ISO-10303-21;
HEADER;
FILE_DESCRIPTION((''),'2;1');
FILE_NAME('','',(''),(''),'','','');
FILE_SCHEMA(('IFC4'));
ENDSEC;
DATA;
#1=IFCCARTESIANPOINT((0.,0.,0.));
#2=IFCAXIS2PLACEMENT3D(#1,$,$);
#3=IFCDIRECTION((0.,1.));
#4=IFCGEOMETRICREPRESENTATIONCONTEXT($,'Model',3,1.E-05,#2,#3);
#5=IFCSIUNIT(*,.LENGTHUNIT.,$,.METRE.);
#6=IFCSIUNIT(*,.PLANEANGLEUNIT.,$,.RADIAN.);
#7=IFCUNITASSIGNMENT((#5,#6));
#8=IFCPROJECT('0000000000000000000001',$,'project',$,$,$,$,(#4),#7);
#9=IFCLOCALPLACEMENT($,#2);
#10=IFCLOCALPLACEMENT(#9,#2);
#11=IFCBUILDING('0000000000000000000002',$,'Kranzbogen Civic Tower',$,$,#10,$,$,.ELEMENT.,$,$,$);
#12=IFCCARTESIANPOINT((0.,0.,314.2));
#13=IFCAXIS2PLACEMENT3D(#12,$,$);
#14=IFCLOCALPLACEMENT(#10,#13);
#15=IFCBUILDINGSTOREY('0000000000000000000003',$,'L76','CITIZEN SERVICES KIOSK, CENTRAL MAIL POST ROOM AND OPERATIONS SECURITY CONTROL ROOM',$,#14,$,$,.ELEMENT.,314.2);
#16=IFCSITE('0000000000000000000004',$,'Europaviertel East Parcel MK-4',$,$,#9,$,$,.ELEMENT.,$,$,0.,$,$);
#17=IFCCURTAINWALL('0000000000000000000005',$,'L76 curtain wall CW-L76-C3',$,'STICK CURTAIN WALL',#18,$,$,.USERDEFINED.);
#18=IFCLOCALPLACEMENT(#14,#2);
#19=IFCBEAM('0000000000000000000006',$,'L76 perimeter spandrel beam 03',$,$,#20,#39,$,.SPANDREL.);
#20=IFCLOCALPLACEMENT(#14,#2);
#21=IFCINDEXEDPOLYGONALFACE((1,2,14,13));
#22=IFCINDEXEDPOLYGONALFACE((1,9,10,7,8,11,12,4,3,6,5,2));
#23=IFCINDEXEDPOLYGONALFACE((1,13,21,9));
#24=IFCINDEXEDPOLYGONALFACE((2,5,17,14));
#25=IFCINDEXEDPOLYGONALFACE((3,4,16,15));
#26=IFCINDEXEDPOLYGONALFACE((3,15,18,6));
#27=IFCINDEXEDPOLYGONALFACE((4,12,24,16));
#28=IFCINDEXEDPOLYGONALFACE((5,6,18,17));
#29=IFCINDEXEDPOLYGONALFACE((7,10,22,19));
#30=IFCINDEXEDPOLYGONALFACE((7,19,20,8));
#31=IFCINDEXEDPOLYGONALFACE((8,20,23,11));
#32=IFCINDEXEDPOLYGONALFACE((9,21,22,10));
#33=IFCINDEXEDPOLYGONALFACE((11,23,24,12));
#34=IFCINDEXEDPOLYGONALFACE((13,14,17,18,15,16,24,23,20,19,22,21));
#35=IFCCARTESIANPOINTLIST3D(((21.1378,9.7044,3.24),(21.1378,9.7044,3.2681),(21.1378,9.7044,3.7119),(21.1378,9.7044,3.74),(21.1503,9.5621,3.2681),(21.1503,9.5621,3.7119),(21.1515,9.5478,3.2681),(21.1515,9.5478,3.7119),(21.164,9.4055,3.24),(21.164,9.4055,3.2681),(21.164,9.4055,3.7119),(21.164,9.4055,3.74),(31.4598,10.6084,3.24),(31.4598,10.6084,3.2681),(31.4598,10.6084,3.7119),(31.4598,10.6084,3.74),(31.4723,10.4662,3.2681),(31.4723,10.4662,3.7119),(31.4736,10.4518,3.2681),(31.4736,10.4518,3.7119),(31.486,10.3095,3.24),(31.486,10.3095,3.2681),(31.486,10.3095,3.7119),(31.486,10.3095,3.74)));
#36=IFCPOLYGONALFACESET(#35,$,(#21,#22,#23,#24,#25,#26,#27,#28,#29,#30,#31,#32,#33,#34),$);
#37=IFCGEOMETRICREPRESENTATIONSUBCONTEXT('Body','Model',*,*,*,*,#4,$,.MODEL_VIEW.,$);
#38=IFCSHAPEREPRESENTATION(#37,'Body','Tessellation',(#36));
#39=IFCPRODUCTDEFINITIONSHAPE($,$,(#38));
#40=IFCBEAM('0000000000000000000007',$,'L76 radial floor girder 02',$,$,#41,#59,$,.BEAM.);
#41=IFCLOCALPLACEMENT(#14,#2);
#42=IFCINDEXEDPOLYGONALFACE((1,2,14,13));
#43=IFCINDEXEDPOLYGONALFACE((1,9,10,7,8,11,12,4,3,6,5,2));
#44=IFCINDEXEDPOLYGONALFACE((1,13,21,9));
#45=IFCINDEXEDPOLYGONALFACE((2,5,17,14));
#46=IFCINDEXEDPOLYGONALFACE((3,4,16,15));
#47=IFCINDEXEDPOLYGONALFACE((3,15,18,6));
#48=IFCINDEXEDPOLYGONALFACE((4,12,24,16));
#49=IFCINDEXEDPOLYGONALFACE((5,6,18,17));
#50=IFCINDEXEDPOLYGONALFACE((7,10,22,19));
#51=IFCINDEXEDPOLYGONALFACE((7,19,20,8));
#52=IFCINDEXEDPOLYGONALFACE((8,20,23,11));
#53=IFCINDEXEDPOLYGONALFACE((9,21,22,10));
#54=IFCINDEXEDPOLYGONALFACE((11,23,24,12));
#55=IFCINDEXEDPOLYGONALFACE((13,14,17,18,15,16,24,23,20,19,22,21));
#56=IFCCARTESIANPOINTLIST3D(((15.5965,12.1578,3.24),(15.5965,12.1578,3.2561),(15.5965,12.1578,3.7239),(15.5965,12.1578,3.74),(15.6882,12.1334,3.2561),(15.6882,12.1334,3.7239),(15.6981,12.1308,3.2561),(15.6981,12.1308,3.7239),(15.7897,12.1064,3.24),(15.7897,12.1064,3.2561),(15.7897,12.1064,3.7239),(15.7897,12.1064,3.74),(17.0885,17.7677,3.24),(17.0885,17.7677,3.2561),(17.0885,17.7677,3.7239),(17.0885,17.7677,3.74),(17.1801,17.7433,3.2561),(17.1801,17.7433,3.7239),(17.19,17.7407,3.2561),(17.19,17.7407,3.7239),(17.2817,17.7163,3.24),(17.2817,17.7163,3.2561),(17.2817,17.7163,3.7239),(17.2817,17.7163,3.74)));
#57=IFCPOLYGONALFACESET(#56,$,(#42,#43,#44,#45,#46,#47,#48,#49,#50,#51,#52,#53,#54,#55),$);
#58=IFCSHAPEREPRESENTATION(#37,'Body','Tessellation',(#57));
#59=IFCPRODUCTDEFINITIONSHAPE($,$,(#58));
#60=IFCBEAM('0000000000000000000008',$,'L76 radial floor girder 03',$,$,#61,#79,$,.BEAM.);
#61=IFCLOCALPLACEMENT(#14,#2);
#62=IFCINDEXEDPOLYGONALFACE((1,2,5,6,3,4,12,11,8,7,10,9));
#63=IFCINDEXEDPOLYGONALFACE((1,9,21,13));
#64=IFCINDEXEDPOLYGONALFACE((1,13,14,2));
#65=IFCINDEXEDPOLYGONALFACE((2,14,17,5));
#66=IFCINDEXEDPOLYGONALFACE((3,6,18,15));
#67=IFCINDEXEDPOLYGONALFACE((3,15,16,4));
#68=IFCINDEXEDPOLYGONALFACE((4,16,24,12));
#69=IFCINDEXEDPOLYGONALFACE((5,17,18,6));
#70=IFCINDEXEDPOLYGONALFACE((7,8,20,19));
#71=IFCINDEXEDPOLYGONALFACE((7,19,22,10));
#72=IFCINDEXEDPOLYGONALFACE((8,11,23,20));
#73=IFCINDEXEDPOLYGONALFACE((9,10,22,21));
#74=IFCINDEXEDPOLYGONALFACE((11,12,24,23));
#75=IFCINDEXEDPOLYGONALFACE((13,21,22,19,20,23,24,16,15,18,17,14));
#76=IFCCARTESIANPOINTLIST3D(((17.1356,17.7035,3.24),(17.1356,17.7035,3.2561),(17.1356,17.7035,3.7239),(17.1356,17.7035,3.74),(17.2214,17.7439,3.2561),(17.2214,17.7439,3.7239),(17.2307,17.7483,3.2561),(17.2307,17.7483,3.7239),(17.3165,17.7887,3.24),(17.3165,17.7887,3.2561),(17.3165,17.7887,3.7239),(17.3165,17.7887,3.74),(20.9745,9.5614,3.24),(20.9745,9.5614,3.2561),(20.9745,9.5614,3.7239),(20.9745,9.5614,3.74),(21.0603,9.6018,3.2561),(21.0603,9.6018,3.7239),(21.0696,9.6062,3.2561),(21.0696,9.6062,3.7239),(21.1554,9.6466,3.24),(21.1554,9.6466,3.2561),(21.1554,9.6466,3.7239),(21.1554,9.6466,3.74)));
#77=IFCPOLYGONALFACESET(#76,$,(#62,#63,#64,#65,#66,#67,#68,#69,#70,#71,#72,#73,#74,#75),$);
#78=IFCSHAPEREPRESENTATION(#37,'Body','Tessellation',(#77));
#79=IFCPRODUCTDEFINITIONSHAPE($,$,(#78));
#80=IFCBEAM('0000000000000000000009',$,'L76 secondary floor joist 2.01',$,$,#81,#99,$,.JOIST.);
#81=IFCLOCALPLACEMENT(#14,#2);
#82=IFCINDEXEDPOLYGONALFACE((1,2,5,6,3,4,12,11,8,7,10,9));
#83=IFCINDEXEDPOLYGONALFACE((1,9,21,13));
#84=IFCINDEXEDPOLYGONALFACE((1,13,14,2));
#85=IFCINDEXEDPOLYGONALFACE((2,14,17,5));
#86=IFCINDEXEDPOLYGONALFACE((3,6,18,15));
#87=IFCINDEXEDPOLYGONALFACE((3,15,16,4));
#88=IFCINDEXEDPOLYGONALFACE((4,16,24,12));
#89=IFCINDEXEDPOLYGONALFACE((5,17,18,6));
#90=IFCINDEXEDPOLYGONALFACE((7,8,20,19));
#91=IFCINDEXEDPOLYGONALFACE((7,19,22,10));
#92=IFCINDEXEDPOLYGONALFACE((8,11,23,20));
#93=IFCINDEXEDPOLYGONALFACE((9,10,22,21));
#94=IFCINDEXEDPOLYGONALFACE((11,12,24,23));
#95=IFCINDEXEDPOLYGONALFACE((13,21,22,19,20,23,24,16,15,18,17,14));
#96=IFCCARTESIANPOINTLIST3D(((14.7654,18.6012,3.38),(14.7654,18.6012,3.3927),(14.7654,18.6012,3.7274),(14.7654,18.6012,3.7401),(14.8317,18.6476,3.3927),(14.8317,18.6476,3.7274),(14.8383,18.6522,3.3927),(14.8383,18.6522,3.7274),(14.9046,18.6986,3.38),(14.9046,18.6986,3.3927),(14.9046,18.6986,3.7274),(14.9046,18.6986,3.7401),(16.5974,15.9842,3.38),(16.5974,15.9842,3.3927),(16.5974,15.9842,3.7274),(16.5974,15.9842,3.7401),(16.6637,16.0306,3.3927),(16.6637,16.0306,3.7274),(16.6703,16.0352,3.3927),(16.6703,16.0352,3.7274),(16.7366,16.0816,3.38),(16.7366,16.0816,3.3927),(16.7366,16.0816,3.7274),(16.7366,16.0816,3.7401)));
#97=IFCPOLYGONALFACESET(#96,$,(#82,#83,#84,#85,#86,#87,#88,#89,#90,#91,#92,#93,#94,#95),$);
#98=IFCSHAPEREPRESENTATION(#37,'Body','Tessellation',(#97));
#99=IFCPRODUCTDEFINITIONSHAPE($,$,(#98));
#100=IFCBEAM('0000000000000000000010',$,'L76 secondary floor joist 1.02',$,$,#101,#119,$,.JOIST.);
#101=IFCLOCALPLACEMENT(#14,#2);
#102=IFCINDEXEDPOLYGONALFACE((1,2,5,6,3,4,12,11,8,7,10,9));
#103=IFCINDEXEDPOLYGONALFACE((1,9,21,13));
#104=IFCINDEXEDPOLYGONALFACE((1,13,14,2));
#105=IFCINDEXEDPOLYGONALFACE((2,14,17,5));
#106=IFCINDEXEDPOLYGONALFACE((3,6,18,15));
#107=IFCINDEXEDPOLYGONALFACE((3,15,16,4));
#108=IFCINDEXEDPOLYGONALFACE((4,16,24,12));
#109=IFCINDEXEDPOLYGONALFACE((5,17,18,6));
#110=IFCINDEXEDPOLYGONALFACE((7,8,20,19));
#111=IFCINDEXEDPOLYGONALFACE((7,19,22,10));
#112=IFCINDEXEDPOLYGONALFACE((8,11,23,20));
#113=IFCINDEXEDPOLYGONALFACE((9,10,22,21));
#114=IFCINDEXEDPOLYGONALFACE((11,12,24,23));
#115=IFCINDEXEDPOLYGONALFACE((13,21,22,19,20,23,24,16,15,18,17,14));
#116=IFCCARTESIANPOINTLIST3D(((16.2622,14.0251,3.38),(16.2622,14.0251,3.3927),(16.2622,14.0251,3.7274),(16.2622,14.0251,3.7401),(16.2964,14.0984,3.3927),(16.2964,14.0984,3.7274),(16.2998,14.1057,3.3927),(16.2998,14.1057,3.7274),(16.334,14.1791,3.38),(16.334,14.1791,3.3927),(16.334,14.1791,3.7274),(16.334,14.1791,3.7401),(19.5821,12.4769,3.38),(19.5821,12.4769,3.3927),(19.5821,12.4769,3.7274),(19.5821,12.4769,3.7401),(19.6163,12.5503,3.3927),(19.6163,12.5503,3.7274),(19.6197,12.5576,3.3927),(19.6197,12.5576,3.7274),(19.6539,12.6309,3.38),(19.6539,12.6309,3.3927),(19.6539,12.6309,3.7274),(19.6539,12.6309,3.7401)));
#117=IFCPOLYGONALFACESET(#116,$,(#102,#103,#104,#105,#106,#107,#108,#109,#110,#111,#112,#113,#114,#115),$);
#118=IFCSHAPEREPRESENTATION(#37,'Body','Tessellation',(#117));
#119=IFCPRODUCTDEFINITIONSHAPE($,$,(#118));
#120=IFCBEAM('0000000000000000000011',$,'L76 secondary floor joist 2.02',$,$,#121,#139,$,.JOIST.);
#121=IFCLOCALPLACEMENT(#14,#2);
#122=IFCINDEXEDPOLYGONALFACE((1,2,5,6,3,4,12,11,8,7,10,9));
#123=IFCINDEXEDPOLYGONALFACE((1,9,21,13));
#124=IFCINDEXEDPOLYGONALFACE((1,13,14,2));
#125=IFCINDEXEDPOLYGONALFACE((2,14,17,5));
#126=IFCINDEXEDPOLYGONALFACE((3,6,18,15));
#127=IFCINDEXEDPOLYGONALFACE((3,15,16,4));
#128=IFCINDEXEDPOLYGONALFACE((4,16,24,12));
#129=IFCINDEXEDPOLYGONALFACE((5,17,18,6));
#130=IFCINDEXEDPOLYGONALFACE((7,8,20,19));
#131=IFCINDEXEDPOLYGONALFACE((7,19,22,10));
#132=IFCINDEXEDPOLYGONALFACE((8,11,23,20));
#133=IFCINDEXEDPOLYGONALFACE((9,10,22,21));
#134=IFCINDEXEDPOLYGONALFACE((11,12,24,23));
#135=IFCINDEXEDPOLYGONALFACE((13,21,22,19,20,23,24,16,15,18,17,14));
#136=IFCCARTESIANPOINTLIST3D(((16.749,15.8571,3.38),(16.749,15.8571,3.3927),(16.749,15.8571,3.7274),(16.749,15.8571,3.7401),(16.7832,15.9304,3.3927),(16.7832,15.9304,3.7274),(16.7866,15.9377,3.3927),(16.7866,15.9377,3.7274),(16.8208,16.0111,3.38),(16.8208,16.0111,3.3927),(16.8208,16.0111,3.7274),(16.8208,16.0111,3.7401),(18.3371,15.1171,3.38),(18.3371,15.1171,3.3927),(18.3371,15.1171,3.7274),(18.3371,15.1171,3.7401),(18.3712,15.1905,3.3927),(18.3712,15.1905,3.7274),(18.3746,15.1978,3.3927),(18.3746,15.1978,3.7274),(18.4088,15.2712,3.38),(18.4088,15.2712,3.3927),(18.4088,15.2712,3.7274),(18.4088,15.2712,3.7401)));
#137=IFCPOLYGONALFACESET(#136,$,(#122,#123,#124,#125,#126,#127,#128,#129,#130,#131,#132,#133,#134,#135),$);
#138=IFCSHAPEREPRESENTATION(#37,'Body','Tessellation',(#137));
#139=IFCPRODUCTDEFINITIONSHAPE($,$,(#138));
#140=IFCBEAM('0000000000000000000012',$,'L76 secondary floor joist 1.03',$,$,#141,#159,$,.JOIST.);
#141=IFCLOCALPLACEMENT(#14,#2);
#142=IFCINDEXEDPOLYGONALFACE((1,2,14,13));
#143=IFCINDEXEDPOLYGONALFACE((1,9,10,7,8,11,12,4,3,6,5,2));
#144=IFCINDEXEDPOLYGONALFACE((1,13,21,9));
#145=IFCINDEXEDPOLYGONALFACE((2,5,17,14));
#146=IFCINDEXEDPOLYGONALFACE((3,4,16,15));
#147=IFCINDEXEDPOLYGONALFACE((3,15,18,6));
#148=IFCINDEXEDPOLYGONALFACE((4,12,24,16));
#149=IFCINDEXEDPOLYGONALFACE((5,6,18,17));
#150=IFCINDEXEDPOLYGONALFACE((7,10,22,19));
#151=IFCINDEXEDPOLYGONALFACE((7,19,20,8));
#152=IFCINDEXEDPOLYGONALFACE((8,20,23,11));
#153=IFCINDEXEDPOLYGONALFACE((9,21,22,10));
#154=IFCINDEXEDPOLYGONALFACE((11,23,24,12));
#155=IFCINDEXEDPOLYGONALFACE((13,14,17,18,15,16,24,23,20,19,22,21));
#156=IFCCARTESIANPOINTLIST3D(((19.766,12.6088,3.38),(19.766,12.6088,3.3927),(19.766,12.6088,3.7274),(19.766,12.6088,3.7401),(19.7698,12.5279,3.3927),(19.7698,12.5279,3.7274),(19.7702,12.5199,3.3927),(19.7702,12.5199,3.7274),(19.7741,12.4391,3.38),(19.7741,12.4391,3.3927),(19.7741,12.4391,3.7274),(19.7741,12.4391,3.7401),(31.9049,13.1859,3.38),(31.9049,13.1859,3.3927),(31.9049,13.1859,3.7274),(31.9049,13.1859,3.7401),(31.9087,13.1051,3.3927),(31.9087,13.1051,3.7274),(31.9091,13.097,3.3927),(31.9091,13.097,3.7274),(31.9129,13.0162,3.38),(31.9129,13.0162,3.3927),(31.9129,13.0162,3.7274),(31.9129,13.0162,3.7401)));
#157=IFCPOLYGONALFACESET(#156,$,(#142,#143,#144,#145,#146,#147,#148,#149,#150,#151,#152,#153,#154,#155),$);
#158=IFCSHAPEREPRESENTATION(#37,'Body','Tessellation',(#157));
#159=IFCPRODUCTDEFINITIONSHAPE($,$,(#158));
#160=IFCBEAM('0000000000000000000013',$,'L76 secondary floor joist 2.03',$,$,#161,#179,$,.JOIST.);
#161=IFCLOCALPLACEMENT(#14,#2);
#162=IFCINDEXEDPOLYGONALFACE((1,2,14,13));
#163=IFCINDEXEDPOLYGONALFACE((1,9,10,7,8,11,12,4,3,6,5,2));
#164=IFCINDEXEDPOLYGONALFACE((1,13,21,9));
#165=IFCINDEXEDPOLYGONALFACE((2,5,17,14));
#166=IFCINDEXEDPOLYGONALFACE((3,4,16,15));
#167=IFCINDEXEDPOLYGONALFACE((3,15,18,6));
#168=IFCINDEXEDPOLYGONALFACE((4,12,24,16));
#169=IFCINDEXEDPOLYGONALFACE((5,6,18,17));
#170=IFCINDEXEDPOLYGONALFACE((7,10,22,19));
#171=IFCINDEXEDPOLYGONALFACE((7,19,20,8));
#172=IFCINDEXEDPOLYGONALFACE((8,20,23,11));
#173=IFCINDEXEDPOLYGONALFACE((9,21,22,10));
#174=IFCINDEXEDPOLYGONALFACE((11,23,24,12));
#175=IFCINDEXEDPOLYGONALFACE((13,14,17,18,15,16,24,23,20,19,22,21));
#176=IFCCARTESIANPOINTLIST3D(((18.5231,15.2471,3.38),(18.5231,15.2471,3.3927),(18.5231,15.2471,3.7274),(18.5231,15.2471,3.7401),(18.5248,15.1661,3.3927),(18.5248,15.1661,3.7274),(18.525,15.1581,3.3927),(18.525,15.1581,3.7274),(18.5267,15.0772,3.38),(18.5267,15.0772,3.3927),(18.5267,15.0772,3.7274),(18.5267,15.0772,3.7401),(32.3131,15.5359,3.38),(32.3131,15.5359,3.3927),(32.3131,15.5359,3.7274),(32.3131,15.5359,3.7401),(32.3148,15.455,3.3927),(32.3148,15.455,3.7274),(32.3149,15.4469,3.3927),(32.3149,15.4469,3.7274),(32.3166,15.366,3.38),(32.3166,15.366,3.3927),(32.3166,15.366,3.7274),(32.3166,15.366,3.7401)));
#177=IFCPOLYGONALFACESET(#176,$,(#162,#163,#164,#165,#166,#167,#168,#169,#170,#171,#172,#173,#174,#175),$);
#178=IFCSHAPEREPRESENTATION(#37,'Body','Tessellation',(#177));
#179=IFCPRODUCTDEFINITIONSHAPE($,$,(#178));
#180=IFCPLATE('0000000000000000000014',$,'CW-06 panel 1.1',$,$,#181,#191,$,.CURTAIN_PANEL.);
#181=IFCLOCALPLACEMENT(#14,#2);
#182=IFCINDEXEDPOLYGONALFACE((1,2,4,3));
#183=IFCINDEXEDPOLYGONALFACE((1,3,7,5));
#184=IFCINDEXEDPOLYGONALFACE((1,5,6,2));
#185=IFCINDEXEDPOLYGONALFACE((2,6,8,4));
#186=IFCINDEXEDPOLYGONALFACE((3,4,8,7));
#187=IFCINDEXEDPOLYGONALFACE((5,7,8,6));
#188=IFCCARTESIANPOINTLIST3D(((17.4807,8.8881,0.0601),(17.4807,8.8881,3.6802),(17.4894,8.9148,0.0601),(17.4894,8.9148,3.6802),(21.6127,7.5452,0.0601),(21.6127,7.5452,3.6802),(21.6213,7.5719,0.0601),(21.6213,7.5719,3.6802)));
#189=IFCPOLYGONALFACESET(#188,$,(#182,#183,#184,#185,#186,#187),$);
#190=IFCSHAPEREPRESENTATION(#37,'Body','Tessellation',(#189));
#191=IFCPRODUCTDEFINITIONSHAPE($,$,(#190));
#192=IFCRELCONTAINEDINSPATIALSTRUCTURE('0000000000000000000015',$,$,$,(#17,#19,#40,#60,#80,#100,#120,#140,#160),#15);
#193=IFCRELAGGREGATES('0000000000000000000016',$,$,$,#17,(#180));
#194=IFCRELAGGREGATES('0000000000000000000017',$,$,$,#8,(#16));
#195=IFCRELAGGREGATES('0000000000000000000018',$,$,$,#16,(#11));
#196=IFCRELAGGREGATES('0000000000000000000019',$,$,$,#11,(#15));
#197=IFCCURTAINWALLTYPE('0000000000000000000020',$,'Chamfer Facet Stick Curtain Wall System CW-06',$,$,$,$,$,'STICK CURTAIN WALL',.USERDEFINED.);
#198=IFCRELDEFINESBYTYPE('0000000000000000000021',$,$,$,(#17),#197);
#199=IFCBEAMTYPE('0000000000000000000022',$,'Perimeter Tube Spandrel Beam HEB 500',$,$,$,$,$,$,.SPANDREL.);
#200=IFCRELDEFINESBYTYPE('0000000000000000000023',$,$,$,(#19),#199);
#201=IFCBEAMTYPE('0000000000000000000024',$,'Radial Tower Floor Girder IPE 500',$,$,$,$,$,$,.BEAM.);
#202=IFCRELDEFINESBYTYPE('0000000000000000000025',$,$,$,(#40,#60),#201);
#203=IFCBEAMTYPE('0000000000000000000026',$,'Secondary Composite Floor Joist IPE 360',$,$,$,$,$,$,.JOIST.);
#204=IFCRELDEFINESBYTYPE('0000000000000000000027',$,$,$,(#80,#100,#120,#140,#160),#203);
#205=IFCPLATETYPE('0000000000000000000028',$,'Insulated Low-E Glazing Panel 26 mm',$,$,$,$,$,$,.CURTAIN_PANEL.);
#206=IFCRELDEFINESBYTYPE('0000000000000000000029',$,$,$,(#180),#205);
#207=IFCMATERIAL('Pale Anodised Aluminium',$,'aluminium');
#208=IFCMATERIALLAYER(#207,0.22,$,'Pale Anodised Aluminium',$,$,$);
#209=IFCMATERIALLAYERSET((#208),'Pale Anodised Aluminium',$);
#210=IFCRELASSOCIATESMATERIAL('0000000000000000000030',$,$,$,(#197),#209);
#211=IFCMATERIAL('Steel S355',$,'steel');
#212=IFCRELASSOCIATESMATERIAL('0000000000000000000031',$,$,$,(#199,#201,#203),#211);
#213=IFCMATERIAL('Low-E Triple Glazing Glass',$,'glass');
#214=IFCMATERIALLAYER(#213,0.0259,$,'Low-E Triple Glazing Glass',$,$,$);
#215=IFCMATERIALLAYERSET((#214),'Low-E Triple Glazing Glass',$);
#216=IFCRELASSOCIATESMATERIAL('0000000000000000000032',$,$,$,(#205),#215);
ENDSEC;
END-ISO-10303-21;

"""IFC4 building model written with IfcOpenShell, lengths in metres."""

from ifc_helpers import new_model, si_unit, direction, frame, origin, origin_2d, place, context, subcontext, project, spatial, rectangle, i_section, extrude, material, layer, layer_set, material_profile, profile_set, type_object, element, aggregate, save


model = new_model("IFC4")

# Units and contexts
model_context = context("Model", 3, precision=1e-05, world=origin(), true_north=direction((0.0, 1.0)))
body_context = subcontext(model_context, "Body", "Model", "MODEL_VIEW")
ifc_project = project(units=[si_unit("LENGTHUNIT", "METRE"), si_unit("PLANEANGLEUNIT", "RADIAN")], contexts=[model_context])

# Site, building, storey
site_placement = place(None, origin())
site = spatial("IfcSite", under=ifc_project, at=site_placement, Name="Europaviertel East Parcel MK-4", CompositionType="ELEMENT", RefElevation=0.0)
building_placement = place(site_placement, origin())
building = spatial("IfcBuilding", under=site, at=building_placement, Name="Kranzbogen Civic Tower", CompositionType="ELEMENT")
storey_placement = place(building_placement, frame((0.0, 0.0, 314.2)))
storey = spatial("IfcBuildingStorey", under=building, at=storey_placement, Name="L76", Description="CITIZEN SERVICES KIOSK, CENTRAL MAIL POST ROOM AND OPERATIONS SECURITY CONTROL ROOM", CompositionType="ELEMENT", Elevation=314.2)

# Shared definitions
ifc_material_1 = material(Name="Steel S355", Category="steel")

# Curtain wall
ifc_material_2 = material(Name="Pale Anodised Aluminium", Category="aluminium")
ifc_layer_1 = layer(ifc_material_2, 0.22, Name="Pale Anodised Aluminium")
ifc_layer_set_1 = layer_set([ifc_layer_1], Name="Pale Anodised Aluminium")
curtain_wall_type_1 = type_object("IfcCurtainWallType", Name="Chamfer Facet Stick Curtain Wall System CW-06", ElementType="STICK CURTAIN WALL", PredefinedType="USERDEFINED", material=ifc_layer_set_1)
curtain_wall_1_placement = place(storey_placement, origin())
curtain_wall_1 = element("IfcCurtainWall", 1, at=curtain_wall_1_placement, inside=storey, type_object=curtain_wall_type_1, Name="L76 curtain wall CW-L76-C3", ObjectType="STICK CURTAIN WALL", PredefinedType="USERDEFINED")

# Beams
ifc_material_profile_1 = material_profile(ifc_material_1, i_section(OverallWidth=0.3, OverallDepth=0.5, WebThickness=0.0144, FlangeThickness=0.0281, at=origin_2d()), Name="HEB 500")
ifc_profile_set_1 = profile_set([ifc_material_profile_1], Name="Steel S355")
beam_type_1 = type_object("IfcBeamType", Name="Perimeter Tube Spandrel Beam HEB 500", PredefinedType="SPANDREL", material=ifc_profile_set_1)
beam_1_placement = place(storey_placement, frame((21.1509, 9.5549, 3.49), z_axis=(0.996186, 0.087251, 0.0), x_axis=(-0.087251, 0.996186, 0.0)))
element("IfcBeam", 2, at=beam_1_placement, inside=storey, type_object=beam_type_1, Name="L76 perimeter spandrel beam 03", PredefinedType="SPANDREL", context=body_context, shape_type="SweptSolid", body=[
    extrude(i_section(OverallWidth=0.3, OverallDepth=0.5, WebThickness=0.0144, FlangeThickness=0.0281, at=origin_2d()), origin(), (0.0, 0.0, 1.0), 10.3616),
])
ifc_material_profile_2 = material_profile(ifc_material_1, i_section(OverallWidth=0.2, OverallDepth=0.5, WebThickness=0.0103, FlangeThickness=0.0161, at=origin_2d()), Name="IPE 500")
ifc_profile_set_2 = profile_set([ifc_material_profile_2], Name="Steel S355")
beam_type_2 = type_object("IfcBeamType", Name="Radial Tower Floor Girder IPE 500", PredefinedType="BEAM", material=ifc_profile_set_2)
beam_2_placement = place(storey_placement, frame((15.6931, 12.1321, 3.49), z_axis=(0.257016, 0.966407, 0.0), x_axis=(-0.966407, 0.257016, 0.0)))
element("IfcBeam", 3, at=beam_2_placement, inside=storey, type_object=beam_type_2, Name="L76 radial floor girder 02", PredefinedType="BEAM", context=body_context, shape_type="SweptSolid", body=[
    extrude(i_section(OverallWidth=0.2, OverallDepth=0.5, WebThickness=0.0103, FlangeThickness=0.0161, at=origin_2d()), origin(), (0.0, 0.0, 1.0), 5.8049),
])
beam_3_placement = place(storey_placement, frame((21.0649, 9.604, 3.49), z_axis=(-0.42646, 0.904506, 0.0), x_axis=(-0.904506, -0.42646, 0.0)))
element("IfcBeam", 4, at=beam_3_placement, inside=storey, type_object=beam_type_2, Name="L76 radial floor girder 03", PredefinedType="BEAM", context=body_context, shape_type="SweptSolid", body=[
    extrude(i_section(OverallWidth=0.2, OverallDepth=0.5, WebThickness=0.0103, FlangeThickness=0.0161, at=origin_2d()), origin(), (0.0, 0.0, 1.0), 9.0017),
])
ifc_material_profile_3 = material_profile(ifc_material_1, i_section(OverallWidth=0.1699, OverallDepth=0.3601, WebThickness=0.0081, FlangeThickness=0.0127, at=origin_2d()), Name="IPE 360")
ifc_profile_set_3 = profile_set([ifc_material_profile_3], Name="Steel S355")
beam_type_3 = type_object("IfcBeamType", Name="Secondary Composite Floor Joist IPE 360", PredefinedType="JOIST", material=ifc_profile_set_3)
beam_4_placement = place(storey_placement, frame((14.835, 18.6499, 3.5601), z_axis=(0.573498, -0.819207, 0.0), x_axis=(0.819207, 0.573498, 0.0)))
element("IfcBeam", 5, at=beam_4_placement, inside=storey, type_object=beam_type_3, Name="L76 secondary floor joist 2.01", PredefinedType="JOIST", context=body_context, shape_type="SweptSolid", body=[
    extrude(i_section(OverallWidth=0.1699, OverallDepth=0.3601, WebThickness=0.0081, FlangeThickness=0.0127, at=origin_2d()), origin(), (0.0, 0.0, 1.0), 3.1946),
])
beam_5_placement = place(storey_placement, frame((16.2981, 14.1021, 3.5601), z_axis=(0.906304, -0.422626, 0.0), x_axis=(0.422626, 0.906304, 0.0)))
element("IfcBeam", 6, at=beam_5_placement, inside=storey, type_object=beam_type_3, Name="L76 secondary floor joist 1.02", PredefinedType="JOIST", context=body_context, shape_type="SweptSolid", body=[
    extrude(i_section(OverallWidth=0.1699, OverallDepth=0.3601, WebThickness=0.0081, FlangeThickness=0.0127, at=origin_2d()), origin(), (0.0, 0.0, 1.0), 3.6631),
])
beam_6_placement = place(storey_placement, frame((16.7849, 15.9341, 3.5601), z_axis=(0.906432, -0.422351, 0.0), x_axis=(0.422351, 0.906432, 0.0)))
element("IfcBeam", 7, at=beam_6_placement, inside=storey, type_object=beam_type_3, Name="L76 secondary floor joist 2.02", PredefinedType="JOIST", context=body_context, shape_type="SweptSolid", body=[
    extrude(i_section(OverallWidth=0.1699, OverallDepth=0.3601, WebThickness=0.0081, FlangeThickness=0.0127, at=origin_2d()), origin(), (0.0, 0.0, 1.0), 1.752),
])
beam_7_placement = place(storey_placement, frame((19.77, 12.5239, 3.5601), z_axis=(0.998872, 0.047492, 0.0), x_axis=(-0.047492, 0.998872, 0.0)))
element("IfcBeam", 8, at=beam_7_placement, inside=storey, type_object=beam_type_3, Name="L76 secondary floor joist 1.03", PredefinedType="JOIST", context=body_context, shape_type="SweptSolid", body=[
    extrude(i_section(OverallWidth=0.1699, OverallDepth=0.3601, WebThickness=0.0081, FlangeThickness=0.0127, at=origin_2d()), origin(), (0.0, 0.0, 1.0), 12.1526),
])
beam_8_placement = place(storey_placement, frame((18.5249, 15.1621, 3.5601), z_axis=(0.999781, 0.020939, 0.0), x_axis=(-0.020939, 0.999781, 0.0)))
element("IfcBeam", 9, at=beam_8_placement, inside=storey, type_object=beam_type_3, Name="L76 secondary floor joist 2.03", PredefinedType="JOIST", context=body_context, shape_type="SweptSolid", body=[
    extrude(i_section(OverallWidth=0.1699, OverallDepth=0.3601, WebThickness=0.0081, FlangeThickness=0.0127, at=origin_2d()), origin(), (0.0, 0.0, 1.0), 13.793),
])

# Plate
ifc_material_3 = material(Name="Low-E Triple Glazing Glass", Category="glass")
ifc_layer_2 = layer(ifc_material_3, 0.0259, Name="Low-E Triple Glazing Glass")
ifc_layer_set_2 = layer_set([ifc_layer_2], Name="Low-E Triple Glazing Glass")
plate_type_1 = type_object("IfcPlateType", Name="Insulated Low-E Glazing Panel 26 mm", PredefinedType="CURTAIN_PANEL", material=ifc_layer_set_2)
plate_1_placement = place(storey_placement, frame((19.551, 8.23, 0.0601), z_axis=(0.0, 0.0, 1.0), x_axis=(0.951031, -0.309096, 0.0)))
plate_1 = element("IfcPlate", 10, at=plate_1_placement, type_object=plate_type_1, Name="CW-06 panel 1.1", PredefinedType="CURTAIN_PANEL", context=body_context, shape_type="SweptSolid", body=[
    extrude(rectangle(XDim=4.3447, YDim=0.0281, at=origin_2d()), origin(), (0.0, 0.0, 1.0), 3.6201),
])
aggregate(curtain_wall_1, [plate_1])

save(model, "model.ifc")
